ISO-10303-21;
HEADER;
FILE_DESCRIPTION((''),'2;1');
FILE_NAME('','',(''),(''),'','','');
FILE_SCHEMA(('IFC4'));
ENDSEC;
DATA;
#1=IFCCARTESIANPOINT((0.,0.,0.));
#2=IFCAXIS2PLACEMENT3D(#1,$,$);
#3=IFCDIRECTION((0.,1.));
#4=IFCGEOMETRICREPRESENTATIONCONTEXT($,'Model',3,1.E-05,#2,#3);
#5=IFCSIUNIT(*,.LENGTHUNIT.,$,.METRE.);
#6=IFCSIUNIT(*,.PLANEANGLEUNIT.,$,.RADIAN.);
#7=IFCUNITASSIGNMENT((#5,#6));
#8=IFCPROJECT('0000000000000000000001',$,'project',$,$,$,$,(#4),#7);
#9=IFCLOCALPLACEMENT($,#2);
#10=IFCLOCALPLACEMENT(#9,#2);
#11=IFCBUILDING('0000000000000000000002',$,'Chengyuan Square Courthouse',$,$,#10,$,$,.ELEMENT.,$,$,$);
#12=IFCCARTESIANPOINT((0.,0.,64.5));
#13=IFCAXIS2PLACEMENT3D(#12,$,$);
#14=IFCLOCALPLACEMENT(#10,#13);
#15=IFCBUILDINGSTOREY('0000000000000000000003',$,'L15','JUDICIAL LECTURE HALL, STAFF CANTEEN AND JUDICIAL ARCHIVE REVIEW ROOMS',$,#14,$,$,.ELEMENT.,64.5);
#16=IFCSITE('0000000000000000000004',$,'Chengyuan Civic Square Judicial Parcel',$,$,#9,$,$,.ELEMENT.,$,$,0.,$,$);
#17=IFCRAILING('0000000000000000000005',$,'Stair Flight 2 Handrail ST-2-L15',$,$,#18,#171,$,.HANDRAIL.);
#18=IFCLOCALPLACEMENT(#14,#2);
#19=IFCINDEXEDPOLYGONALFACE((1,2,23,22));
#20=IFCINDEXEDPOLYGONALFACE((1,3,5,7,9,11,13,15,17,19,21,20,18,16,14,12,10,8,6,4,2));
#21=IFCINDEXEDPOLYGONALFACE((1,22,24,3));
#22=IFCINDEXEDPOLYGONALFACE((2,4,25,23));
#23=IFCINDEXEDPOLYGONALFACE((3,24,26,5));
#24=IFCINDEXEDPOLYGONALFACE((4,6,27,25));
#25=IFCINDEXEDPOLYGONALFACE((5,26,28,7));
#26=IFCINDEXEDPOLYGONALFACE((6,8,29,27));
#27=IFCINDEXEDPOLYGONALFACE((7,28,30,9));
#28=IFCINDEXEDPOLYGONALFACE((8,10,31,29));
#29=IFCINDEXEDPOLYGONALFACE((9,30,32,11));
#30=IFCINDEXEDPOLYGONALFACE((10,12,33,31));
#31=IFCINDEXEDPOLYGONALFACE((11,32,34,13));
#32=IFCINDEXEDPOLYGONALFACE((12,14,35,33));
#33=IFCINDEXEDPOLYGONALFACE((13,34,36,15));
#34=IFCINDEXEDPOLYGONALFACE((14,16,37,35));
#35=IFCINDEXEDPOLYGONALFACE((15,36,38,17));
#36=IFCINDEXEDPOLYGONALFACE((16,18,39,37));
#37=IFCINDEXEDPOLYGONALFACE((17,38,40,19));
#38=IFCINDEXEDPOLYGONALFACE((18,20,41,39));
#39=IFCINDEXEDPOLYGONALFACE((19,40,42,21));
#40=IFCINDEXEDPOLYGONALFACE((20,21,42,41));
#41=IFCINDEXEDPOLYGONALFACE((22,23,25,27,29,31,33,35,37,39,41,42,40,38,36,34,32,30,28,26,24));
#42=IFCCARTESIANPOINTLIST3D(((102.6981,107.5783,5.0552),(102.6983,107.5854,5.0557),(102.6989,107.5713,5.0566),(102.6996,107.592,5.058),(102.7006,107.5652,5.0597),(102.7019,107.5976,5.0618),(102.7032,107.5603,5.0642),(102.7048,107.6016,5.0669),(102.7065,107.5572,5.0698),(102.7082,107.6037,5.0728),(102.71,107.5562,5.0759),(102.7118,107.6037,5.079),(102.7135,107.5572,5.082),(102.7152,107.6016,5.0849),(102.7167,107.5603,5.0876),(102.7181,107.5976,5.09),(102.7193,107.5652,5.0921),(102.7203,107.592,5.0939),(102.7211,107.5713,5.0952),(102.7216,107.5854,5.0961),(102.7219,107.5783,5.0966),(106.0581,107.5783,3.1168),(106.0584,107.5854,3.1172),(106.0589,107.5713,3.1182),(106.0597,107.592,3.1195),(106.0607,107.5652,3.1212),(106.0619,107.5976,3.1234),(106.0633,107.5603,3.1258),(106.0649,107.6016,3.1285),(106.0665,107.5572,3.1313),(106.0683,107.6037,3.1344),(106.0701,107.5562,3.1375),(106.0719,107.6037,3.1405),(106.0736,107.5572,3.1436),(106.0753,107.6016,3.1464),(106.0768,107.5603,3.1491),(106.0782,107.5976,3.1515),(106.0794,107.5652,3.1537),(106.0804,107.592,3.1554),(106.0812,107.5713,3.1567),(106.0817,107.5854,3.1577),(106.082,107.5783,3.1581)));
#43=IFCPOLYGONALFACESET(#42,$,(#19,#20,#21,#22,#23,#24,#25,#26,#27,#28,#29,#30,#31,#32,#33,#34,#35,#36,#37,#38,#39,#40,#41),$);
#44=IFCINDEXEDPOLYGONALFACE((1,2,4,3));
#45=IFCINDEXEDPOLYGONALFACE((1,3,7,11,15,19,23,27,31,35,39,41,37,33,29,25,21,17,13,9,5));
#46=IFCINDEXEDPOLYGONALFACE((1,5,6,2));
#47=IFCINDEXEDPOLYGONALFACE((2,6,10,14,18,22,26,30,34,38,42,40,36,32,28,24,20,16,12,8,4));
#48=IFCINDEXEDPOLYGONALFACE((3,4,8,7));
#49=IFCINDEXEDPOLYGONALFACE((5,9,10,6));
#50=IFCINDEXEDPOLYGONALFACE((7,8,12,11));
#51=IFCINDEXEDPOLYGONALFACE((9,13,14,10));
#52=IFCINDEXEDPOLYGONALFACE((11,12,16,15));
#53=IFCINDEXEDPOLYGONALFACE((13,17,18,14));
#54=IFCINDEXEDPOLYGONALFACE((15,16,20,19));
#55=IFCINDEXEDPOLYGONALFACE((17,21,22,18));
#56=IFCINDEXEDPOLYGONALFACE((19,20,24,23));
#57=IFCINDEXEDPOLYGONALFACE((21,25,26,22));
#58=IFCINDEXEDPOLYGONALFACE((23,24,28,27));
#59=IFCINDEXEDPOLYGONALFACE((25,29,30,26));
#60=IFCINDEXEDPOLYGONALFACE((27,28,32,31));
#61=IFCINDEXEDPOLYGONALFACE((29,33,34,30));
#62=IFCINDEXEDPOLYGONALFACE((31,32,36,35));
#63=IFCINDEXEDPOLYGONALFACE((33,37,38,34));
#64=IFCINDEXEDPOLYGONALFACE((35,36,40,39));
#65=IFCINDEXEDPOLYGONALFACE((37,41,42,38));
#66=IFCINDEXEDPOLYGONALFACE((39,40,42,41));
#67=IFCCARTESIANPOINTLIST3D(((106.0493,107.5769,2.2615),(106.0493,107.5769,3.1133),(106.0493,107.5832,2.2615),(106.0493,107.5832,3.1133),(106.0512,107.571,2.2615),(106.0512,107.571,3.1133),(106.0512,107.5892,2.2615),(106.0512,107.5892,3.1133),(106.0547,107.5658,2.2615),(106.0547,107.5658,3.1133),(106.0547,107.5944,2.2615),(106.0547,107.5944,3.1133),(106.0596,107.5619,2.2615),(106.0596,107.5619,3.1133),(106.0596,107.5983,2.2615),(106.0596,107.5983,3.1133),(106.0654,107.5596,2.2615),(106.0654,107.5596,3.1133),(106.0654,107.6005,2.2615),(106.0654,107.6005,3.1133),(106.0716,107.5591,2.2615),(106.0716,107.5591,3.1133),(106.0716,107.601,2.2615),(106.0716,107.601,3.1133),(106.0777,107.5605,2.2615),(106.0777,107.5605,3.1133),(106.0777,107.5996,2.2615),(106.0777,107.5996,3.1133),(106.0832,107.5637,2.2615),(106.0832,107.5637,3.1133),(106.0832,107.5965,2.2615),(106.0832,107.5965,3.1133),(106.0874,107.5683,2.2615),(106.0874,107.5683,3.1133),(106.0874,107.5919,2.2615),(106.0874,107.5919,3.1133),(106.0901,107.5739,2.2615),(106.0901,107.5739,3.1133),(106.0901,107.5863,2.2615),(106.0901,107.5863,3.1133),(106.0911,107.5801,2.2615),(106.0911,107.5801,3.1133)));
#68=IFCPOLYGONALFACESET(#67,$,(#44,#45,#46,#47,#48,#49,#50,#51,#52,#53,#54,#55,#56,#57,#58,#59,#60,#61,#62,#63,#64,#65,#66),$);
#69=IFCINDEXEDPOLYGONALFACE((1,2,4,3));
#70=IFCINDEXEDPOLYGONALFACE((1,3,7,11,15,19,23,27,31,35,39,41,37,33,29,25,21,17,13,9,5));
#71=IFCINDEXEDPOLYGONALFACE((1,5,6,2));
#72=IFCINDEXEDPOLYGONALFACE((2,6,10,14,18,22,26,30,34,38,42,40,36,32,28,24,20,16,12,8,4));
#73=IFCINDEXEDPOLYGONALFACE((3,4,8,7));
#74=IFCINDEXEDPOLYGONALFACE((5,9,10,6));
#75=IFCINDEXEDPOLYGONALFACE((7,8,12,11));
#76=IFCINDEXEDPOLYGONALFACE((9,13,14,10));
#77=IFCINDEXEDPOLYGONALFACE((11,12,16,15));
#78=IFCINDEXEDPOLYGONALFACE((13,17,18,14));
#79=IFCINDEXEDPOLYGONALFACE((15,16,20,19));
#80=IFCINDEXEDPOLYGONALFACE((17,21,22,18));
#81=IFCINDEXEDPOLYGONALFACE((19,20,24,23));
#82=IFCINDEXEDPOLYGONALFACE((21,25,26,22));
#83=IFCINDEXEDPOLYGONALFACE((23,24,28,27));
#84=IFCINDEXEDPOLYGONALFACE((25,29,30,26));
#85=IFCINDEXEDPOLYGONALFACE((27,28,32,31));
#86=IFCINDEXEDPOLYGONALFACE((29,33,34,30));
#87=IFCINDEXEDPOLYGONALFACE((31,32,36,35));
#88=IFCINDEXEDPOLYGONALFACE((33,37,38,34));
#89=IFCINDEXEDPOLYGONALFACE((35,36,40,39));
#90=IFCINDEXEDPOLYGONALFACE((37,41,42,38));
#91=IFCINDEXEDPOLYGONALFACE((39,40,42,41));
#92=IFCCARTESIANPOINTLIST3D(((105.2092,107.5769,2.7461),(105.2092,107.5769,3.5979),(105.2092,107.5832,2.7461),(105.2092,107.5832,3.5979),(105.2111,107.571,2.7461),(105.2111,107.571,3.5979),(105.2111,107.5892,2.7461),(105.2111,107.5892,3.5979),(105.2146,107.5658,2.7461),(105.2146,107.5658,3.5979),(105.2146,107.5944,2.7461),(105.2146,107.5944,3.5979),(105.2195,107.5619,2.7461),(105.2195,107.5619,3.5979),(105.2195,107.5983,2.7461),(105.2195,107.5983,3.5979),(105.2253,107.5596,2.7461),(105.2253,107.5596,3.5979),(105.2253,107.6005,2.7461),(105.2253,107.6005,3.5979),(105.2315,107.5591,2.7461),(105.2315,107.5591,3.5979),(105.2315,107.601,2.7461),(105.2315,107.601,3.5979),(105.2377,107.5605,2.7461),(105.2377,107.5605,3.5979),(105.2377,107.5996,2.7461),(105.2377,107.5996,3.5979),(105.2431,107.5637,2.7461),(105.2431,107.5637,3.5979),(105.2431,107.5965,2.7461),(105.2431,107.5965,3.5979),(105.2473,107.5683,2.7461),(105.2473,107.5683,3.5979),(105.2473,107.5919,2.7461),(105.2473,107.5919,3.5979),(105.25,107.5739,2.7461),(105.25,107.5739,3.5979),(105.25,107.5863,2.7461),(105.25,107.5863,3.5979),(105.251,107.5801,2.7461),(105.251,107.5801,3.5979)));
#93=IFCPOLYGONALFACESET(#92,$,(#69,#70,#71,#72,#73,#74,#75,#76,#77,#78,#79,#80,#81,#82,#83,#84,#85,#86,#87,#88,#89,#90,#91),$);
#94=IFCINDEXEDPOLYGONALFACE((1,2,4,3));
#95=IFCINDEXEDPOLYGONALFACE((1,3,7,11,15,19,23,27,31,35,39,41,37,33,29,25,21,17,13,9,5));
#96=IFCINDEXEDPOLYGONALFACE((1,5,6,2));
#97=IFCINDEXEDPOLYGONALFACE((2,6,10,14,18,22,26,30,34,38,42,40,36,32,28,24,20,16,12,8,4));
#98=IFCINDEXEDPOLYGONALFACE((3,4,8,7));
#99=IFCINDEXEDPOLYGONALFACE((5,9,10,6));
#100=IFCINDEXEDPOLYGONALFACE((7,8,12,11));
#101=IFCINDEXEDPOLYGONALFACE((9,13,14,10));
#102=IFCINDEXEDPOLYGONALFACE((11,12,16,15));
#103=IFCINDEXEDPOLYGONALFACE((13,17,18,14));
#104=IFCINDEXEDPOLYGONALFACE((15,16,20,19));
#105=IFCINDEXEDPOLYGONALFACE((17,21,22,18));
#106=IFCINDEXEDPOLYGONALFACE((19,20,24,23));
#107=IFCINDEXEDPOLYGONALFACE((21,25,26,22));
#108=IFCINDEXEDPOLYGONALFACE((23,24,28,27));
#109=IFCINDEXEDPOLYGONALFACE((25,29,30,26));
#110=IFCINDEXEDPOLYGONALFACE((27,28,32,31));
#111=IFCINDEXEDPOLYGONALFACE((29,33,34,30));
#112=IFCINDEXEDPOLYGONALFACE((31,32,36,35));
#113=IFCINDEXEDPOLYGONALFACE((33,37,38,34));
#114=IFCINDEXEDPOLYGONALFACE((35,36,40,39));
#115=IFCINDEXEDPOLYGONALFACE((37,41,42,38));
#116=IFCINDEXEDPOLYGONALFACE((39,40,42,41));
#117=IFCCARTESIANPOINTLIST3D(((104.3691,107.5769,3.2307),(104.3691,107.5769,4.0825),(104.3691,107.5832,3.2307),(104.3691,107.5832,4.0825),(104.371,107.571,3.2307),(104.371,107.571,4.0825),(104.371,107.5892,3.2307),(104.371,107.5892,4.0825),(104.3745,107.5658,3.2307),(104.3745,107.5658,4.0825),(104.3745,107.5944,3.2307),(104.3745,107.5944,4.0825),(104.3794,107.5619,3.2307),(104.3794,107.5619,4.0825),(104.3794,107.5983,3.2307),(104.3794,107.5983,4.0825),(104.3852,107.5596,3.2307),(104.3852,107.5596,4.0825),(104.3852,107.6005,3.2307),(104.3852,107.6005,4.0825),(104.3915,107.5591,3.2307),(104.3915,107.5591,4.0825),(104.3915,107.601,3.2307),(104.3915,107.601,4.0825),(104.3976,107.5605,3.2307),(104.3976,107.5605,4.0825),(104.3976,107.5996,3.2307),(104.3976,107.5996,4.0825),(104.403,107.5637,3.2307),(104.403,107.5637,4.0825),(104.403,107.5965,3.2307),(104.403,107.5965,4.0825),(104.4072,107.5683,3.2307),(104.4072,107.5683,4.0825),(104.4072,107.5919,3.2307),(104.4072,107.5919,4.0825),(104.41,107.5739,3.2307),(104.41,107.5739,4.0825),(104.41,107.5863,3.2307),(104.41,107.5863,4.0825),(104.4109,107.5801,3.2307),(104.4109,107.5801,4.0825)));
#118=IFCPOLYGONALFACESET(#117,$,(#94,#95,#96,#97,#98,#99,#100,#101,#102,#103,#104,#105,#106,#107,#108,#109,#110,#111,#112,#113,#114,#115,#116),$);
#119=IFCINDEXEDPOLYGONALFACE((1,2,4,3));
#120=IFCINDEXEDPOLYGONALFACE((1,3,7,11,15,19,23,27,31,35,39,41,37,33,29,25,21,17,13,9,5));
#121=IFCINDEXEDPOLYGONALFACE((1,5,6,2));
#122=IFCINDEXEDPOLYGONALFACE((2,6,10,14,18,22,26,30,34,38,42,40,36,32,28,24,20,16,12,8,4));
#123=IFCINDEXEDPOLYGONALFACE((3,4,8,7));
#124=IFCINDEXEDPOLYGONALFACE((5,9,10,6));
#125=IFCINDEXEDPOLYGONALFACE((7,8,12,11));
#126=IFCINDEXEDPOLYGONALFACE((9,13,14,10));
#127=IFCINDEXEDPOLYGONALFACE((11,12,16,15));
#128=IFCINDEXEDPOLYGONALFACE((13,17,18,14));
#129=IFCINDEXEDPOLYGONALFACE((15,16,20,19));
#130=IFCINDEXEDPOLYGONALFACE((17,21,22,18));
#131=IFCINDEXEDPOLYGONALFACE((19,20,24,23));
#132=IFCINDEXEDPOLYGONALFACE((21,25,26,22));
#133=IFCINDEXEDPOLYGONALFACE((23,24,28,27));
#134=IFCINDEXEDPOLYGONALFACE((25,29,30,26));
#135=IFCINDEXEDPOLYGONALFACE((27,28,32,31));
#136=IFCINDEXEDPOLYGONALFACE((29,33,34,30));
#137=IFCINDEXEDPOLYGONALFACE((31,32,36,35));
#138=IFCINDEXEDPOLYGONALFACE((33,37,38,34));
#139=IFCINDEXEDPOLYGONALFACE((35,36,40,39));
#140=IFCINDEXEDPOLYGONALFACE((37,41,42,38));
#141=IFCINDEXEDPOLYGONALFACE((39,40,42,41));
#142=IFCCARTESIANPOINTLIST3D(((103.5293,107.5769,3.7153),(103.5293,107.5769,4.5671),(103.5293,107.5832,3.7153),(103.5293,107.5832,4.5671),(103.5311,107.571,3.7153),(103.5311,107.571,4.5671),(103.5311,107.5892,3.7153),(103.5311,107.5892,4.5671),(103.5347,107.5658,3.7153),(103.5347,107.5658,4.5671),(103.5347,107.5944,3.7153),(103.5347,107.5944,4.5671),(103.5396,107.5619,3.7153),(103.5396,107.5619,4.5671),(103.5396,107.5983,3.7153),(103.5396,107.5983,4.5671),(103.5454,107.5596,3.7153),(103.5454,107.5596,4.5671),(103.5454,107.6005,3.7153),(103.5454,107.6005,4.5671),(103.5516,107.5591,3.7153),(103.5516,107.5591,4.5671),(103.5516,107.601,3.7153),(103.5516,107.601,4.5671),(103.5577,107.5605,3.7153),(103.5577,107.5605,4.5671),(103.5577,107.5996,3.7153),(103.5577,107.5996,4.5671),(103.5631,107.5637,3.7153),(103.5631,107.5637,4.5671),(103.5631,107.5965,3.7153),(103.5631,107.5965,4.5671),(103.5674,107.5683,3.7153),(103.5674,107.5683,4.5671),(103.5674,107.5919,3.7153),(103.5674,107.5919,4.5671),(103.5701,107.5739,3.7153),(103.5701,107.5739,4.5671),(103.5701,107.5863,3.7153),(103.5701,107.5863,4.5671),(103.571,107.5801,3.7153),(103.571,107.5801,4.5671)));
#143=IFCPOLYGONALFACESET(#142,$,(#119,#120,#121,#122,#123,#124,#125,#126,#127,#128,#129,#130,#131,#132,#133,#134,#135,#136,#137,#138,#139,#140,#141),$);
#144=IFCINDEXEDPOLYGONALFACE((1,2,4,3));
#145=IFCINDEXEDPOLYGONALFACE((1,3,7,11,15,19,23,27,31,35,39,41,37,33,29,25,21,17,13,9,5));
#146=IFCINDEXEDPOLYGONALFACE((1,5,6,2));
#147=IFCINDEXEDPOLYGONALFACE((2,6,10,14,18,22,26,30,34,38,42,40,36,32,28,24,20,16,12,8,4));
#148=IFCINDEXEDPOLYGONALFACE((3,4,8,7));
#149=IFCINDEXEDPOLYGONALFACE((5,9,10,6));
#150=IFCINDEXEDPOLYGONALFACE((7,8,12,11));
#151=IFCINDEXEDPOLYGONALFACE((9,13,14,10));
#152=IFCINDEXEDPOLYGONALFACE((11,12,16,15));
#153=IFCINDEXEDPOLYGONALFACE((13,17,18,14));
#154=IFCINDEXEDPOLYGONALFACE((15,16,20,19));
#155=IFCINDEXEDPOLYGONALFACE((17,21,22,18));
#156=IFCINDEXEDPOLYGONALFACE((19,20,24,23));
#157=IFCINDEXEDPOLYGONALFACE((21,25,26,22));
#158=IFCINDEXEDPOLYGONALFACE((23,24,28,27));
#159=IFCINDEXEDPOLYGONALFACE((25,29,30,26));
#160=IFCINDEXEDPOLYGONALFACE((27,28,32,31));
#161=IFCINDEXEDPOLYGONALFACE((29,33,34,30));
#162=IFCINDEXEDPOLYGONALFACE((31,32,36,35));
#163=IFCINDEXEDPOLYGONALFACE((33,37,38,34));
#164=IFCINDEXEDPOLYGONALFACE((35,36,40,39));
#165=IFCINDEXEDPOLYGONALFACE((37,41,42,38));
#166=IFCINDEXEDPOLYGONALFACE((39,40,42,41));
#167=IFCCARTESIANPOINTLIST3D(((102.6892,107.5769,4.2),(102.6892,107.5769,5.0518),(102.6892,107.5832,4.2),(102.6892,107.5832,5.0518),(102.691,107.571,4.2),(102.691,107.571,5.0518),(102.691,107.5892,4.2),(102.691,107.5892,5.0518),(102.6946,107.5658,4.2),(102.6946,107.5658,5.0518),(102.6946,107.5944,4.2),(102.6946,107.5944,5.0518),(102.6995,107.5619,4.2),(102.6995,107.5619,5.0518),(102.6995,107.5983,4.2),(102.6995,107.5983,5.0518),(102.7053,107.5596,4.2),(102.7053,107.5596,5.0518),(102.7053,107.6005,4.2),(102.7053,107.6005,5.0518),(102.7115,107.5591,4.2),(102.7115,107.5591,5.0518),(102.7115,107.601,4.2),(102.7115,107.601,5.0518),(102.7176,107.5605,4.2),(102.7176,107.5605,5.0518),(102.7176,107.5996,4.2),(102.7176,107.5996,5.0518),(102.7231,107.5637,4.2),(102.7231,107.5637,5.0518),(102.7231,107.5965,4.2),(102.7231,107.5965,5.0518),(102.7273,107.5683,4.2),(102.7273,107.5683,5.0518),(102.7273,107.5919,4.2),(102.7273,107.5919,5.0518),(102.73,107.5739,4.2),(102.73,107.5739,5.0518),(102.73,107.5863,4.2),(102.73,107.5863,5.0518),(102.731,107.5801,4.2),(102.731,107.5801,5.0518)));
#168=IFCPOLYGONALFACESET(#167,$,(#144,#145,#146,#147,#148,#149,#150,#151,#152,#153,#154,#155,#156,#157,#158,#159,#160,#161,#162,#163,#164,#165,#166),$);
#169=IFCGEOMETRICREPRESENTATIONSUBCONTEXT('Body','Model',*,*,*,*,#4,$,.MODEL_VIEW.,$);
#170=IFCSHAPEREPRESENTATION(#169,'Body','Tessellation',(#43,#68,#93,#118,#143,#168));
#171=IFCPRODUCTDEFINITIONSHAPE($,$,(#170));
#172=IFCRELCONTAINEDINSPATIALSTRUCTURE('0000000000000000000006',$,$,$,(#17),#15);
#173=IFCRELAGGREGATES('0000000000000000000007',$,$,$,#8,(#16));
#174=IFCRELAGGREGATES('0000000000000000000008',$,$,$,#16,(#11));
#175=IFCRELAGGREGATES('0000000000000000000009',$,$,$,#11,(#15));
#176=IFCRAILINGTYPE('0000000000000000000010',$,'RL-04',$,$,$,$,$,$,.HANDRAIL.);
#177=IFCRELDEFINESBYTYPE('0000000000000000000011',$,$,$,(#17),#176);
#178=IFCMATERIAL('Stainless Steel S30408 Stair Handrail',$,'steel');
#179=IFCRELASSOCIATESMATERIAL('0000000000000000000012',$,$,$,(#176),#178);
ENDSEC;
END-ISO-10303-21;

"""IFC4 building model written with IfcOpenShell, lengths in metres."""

from ifc_helpers import new_model, si_unit, direction, frame, origin, origin_2d, place, context, subcontext, project, spatial, circle, extrude, material, type_object, element, save


model = new_model("IFC4")

# Units and contexts
model_context = context("Model", 3, precision=1e-05, world=origin(), true_north=direction((0.0, 1.0)))
body_context = subcontext(model_context, "Body", "Model", "MODEL_VIEW")
ifc_project = project(units=[si_unit("LENGTHUNIT", "METRE"), si_unit("PLANEANGLEUNIT", "RADIAN")], contexts=[model_context])

# Site, building, storey
site_placement = place(None, origin())
site = spatial("IfcSite", under=ifc_project, at=site_placement, Name="Chengyuan Civic Square Judicial Parcel", CompositionType="ELEMENT", RefElevation=0.0)
building_placement = place(site_placement, origin())
building = spatial("IfcBuilding", under=site, at=building_placement, Name="Chengyuan Square Courthouse", CompositionType="ELEMENT")
storey_placement = place(building_placement, frame((0.0, 0.0, 64.5)))
storey = spatial("IfcBuildingStorey", under=building, at=storey_placement, Name="L15", Description="JUDICIAL LECTURE HALL, STAFF CANTEEN AND JUDICIAL ARCHIVE REVIEW ROOMS", CompositionType="ELEMENT", Elevation=64.5)

# Railing
ifc_material_1 = material(Name="Stainless Steel S30408 Stair Handrail", Category="steel")
railing_type_1 = type_object("IfcRailingType", Name="RL-04", PredefinedType="HANDRAIL", material=ifc_material_1)
railing_1_placement = place(storey_placement, frame((106.0701, 107.5801, 2.2615)))
element("IfcRailing", 1, at=railing_1_placement, inside=storey, type_object=railing_type_1, Name="Stair Flight 2 Handrail ST-2-L15", PredefinedType="HANDRAIL", context=body_context, shape_type="SweptSolid", body=[
    extrude(circle(Radius=0.0239, at=origin_2d()), frame((0.0, 0.0, 0.876), z_axis=(-0.866191, 0.0, 0.499713), x_axis=(0.0, -1.0, 0.0)), (0.0, 0.0, 1.0), 3.8792),
    extrude(circle(Radius=0.021, at=origin_2d()), origin(), (0.0, 0.0, 1.0), 0.8518),
    extrude(circle(Radius=0.021, at=origin_2d()), frame((-0.8401, 0.0, 0.4846)), (0.0, 0.0, 1.0), 0.8518),
    extrude(circle(Radius=0.021, at=origin_2d()), frame((-1.6802, 0.0, 0.9692)), (0.0, 0.0, 1.0), 0.8518),
    extrude(circle(Radius=0.021, at=origin_2d()), frame((-2.52, 0.0, 1.4539)), (0.0, 0.0, 1.0), 0.8518),
    extrude(circle(Radius=0.021, at=origin_2d()), frame((-3.3601, 0.0, 1.9385)), (0.0, 0.0, 1.0), 0.8518),
])

save(model, "model.ifc")
